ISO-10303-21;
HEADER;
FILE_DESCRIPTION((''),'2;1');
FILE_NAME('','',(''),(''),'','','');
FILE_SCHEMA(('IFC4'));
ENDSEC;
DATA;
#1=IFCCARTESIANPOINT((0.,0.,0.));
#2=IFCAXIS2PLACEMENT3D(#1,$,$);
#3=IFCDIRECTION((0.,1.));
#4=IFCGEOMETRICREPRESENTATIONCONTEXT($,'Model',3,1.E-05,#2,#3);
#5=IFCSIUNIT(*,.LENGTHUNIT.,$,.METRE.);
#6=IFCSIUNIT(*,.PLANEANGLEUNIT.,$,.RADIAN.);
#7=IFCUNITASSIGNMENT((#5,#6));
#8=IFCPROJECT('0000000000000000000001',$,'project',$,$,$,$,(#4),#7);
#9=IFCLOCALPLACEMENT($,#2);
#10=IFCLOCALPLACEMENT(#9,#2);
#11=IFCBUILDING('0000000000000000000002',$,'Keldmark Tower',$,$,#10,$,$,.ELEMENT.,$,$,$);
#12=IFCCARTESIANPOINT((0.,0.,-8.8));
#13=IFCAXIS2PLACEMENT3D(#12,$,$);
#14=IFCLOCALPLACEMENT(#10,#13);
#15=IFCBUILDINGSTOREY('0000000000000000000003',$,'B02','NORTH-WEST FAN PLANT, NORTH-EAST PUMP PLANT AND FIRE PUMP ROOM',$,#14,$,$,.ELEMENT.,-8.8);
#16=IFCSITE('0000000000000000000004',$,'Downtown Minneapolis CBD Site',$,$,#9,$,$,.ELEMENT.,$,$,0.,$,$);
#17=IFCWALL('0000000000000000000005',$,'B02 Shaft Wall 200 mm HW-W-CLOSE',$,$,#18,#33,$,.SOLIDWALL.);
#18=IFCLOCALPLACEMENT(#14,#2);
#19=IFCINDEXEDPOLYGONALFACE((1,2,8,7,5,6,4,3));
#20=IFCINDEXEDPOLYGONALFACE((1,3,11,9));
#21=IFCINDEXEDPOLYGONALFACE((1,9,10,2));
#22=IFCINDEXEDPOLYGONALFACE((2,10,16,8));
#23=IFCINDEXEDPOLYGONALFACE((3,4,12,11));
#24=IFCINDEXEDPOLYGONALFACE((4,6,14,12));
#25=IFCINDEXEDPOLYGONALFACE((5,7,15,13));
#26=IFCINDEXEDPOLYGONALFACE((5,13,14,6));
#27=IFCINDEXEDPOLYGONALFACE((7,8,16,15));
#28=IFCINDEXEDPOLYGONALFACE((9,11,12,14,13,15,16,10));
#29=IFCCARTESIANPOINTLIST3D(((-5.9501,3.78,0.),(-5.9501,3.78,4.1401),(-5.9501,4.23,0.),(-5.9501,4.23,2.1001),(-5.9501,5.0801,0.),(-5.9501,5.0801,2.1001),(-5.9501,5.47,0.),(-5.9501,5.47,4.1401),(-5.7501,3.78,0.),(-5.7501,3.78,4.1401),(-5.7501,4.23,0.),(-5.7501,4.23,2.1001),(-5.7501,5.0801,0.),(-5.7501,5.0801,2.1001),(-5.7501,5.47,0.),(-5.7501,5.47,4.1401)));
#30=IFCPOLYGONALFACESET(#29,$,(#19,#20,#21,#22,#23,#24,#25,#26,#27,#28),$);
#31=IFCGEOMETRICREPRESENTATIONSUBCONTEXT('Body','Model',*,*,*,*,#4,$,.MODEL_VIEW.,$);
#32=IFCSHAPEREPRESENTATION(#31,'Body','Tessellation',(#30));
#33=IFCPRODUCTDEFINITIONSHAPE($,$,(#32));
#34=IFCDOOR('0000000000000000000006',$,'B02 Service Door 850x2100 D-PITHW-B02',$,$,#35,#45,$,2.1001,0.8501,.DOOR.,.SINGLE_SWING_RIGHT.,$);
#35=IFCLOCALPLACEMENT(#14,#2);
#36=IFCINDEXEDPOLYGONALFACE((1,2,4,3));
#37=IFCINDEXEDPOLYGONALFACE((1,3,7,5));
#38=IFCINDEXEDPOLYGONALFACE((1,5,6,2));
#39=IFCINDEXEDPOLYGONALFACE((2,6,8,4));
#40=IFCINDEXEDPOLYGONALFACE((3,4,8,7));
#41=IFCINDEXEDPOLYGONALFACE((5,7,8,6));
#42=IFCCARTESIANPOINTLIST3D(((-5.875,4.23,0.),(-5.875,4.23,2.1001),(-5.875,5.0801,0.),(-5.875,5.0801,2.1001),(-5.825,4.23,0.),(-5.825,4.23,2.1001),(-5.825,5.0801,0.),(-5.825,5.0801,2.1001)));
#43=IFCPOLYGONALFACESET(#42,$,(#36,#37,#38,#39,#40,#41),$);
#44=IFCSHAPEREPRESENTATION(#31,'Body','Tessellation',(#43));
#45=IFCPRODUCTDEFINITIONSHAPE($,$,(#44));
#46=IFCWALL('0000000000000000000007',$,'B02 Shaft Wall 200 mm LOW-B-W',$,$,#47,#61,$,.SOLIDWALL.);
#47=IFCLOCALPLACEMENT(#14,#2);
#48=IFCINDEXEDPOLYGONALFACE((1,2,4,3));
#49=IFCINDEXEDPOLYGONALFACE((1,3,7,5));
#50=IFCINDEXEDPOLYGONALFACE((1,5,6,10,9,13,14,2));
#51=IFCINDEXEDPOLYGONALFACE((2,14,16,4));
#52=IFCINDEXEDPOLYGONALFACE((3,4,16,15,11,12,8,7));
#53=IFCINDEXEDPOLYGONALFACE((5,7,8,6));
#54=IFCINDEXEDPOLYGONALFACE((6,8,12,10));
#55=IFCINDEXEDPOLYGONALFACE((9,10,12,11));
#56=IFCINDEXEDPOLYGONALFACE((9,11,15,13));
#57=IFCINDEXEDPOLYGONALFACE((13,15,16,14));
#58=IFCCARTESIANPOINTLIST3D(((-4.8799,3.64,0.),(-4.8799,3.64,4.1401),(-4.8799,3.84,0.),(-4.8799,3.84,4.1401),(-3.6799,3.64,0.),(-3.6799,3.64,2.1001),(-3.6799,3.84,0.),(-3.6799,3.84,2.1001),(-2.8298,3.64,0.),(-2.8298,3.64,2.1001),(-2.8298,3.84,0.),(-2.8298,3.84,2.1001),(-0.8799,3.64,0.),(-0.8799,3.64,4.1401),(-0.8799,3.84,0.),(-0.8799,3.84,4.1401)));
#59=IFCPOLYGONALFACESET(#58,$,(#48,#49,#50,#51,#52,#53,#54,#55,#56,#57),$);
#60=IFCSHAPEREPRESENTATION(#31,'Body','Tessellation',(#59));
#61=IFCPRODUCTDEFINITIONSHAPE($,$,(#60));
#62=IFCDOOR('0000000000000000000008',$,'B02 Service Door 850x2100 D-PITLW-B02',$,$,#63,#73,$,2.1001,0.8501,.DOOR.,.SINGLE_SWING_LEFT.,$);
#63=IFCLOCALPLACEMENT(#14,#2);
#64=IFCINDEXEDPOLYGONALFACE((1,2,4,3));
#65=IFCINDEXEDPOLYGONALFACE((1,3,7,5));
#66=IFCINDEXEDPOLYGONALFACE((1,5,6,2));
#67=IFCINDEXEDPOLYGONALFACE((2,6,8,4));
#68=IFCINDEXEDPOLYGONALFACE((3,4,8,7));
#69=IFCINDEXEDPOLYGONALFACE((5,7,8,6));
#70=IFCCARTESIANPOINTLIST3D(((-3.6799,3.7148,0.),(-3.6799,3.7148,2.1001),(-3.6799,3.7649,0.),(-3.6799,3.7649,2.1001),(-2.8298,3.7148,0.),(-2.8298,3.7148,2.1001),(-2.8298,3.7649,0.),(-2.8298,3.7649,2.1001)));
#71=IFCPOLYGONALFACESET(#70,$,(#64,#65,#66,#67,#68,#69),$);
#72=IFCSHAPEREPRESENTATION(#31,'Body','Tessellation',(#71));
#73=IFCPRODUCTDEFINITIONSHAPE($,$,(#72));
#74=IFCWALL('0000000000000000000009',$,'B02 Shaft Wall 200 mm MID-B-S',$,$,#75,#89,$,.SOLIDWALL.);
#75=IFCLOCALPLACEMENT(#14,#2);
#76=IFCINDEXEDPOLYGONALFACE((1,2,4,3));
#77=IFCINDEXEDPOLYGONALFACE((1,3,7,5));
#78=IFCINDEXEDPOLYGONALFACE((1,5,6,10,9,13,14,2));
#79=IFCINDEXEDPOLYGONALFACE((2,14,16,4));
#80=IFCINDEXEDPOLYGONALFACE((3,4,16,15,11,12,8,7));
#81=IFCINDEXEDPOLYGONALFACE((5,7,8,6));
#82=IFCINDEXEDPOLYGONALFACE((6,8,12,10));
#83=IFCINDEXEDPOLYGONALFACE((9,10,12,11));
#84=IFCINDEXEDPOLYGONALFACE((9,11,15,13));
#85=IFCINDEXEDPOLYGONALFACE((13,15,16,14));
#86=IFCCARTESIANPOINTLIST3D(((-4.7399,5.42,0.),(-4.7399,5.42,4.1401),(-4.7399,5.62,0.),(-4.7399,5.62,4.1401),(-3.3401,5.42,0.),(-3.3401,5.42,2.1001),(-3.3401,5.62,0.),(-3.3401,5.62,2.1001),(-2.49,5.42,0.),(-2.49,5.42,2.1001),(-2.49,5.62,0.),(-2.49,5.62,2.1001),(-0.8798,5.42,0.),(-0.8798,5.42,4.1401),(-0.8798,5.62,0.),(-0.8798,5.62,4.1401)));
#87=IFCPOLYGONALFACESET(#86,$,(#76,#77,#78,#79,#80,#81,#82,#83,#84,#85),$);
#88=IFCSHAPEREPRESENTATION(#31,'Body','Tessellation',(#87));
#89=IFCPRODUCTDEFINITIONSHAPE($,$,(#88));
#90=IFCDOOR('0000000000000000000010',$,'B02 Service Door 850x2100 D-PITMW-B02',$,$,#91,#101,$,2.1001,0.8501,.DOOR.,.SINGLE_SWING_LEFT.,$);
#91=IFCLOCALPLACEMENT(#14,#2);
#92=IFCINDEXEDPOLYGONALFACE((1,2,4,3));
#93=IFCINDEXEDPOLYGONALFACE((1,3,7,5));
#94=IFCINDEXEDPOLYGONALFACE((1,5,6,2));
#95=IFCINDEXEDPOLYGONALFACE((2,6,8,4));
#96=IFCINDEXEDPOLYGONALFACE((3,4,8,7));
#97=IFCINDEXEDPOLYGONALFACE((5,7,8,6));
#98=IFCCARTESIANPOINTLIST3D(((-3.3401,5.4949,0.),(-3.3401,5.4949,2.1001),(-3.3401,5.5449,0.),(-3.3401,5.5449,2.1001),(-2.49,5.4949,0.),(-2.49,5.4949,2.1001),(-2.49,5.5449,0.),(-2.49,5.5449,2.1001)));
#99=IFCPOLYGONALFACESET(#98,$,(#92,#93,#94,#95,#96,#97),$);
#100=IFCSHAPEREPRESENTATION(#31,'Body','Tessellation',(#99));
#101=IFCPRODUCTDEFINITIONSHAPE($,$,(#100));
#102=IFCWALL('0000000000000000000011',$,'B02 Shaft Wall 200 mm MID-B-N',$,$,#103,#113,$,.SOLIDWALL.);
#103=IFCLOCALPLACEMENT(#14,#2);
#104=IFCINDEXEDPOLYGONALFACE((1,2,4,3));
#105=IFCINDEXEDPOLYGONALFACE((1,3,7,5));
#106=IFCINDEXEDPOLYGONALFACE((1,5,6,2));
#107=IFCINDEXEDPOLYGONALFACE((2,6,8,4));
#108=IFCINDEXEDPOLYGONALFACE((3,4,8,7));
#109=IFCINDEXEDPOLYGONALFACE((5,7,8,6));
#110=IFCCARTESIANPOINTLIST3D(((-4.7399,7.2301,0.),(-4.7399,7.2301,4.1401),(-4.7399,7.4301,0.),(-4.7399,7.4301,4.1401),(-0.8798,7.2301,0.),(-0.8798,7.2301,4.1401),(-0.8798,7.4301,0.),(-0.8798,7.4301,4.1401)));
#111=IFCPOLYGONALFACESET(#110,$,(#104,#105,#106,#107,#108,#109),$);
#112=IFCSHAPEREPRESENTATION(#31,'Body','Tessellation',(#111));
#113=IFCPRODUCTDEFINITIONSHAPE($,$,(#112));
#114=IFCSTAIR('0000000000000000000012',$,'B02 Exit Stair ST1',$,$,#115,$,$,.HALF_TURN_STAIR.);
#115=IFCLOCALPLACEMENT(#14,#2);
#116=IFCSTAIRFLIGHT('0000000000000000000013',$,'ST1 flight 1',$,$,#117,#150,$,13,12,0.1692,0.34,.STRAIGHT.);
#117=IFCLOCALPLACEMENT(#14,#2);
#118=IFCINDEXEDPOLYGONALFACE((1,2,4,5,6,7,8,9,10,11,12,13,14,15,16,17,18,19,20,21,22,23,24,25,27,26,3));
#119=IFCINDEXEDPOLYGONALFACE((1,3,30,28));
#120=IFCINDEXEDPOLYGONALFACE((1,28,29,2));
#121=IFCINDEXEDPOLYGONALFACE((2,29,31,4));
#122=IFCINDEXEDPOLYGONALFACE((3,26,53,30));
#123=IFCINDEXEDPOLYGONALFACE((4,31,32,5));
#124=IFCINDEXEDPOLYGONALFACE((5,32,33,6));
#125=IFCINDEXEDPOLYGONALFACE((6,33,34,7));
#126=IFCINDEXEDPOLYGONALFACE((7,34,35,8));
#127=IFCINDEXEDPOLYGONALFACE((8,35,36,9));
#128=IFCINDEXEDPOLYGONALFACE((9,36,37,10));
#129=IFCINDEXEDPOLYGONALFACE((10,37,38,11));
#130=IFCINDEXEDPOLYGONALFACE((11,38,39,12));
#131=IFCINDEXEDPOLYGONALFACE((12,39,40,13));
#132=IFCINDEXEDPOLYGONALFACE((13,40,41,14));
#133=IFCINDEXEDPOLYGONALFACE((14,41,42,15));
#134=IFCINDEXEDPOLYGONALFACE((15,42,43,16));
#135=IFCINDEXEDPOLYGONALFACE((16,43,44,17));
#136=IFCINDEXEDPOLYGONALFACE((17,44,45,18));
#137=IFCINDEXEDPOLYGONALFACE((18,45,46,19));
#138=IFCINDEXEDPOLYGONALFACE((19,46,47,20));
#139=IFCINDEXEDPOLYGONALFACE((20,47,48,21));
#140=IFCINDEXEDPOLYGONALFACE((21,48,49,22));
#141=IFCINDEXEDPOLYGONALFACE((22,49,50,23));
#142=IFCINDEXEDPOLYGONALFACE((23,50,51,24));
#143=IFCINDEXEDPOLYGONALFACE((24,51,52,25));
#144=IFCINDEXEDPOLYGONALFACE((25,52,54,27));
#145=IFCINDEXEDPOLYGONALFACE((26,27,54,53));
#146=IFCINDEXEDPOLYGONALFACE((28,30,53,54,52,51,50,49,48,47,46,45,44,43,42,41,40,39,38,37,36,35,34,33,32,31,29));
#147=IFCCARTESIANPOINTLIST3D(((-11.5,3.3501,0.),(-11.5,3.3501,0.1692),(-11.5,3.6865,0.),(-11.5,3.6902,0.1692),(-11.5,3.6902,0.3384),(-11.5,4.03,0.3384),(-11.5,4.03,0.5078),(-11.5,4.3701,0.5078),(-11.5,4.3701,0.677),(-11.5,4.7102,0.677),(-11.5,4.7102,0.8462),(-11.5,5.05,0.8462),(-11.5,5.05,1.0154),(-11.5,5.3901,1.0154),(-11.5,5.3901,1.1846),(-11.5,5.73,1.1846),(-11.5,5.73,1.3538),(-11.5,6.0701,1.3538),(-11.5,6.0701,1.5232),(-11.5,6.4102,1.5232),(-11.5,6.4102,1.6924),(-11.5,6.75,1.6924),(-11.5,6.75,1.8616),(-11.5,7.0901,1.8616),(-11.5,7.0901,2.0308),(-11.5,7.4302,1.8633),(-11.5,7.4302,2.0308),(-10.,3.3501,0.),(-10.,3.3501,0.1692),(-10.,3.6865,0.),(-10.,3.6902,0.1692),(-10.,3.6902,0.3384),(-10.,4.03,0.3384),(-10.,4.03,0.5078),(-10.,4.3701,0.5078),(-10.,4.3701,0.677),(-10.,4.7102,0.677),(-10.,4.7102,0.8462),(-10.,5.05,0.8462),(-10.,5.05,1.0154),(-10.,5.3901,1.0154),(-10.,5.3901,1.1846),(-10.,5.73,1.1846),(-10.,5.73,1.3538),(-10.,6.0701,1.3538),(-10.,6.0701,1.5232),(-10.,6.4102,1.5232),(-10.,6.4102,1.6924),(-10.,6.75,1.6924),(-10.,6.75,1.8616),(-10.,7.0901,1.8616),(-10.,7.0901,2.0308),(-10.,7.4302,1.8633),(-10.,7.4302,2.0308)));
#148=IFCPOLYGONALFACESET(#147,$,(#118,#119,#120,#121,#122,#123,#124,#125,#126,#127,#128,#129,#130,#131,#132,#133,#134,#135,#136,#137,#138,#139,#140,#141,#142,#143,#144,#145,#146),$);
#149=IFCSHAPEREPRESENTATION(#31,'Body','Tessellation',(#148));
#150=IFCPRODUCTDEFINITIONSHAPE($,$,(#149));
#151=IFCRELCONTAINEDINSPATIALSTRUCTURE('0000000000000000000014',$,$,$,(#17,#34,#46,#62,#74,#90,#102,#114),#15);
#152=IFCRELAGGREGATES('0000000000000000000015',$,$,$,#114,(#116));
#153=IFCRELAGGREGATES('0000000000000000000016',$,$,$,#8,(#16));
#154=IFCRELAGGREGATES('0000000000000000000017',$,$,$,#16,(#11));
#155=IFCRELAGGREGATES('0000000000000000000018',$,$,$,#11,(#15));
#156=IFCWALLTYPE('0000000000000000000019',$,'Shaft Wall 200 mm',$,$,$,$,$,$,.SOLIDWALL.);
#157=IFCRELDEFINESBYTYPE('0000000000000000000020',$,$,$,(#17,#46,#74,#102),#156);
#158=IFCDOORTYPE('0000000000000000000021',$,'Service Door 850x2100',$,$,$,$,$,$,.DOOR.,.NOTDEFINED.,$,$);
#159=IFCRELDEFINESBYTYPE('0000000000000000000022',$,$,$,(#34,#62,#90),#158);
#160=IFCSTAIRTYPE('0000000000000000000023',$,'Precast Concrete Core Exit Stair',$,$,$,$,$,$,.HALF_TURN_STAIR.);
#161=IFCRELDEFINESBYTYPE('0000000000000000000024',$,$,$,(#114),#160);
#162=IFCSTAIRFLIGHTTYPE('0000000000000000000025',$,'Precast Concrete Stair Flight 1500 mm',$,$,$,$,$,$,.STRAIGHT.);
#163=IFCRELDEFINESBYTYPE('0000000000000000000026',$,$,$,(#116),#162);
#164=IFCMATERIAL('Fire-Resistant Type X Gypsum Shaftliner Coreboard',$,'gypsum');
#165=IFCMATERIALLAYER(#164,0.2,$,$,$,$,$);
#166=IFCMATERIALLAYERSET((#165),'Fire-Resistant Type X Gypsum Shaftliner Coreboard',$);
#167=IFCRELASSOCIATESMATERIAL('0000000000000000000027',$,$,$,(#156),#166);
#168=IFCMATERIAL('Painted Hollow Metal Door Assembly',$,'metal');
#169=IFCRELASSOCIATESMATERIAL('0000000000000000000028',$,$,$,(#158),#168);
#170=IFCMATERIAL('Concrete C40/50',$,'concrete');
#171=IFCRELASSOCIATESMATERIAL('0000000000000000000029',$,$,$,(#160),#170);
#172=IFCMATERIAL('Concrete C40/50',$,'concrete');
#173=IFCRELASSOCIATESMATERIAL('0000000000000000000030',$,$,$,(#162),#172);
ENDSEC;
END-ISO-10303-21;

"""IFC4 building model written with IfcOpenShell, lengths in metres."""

from ifc_helpers import new_model, si_unit, direction, frame, frame_2d, origin, place, context, subcontext, project, spatial, polyline, rectangle, outline, extrude, material, layer, layer_set, type_object, element, fill, aggregate, save


model = new_model("IFC4")

# Units and contexts
model_context = context("Model", 3, precision=1e-05, world=origin(), true_north=direction((0.0, 1.0)))
body_context = subcontext(model_context, "Body", "Model", "MODEL_VIEW")
ifc_project = project(units=[si_unit("LENGTHUNIT", "METRE"), si_unit("PLANEANGLEUNIT", "RADIAN")], contexts=[model_context])

# Site, building, storey
site_placement = place(None, origin())
site = spatial("IfcSite", under=ifc_project, at=site_placement, Name="Downtown Minneapolis CBD Site", CompositionType="ELEMENT", RefElevation=0.0)
building_placement = place(site_placement, origin())
building = spatial("IfcBuilding", under=site, at=building_placement, Name="Keldmark Tower", CompositionType="ELEMENT")
storey_placement = place(building_placement, frame((0.0, 0.0, -8.8)))
storey = spatial("IfcBuildingStorey", under=building, at=storey_placement, Name="B02", Description="NORTH-WEST FAN PLANT, NORTH-EAST PUMP PLANT AND FIRE PUMP ROOM", CompositionType="ELEMENT", Elevation=-8.8)

# Shared definitions
ifc_material_1 = material(Name="Fire-Resistant Type X Gypsum Shaftliner Coreboard", Category="gypsum")
ifc_layer_1 = layer(ifc_material_1, 0.2)
ifc_layer_set_1 = layer_set([ifc_layer_1], Name="Fire-Resistant Type X Gypsum Shaftliner Coreboard")
wall_type_1 = type_object("IfcWallType", Name="Shaft Wall 200 mm", PredefinedType="SOLIDWALL", material=ifc_layer_set_1)

# Walls, openings, doors
wall_1_placement = place(storey_placement, frame((-5.8501, 3.78, 0.0), z_axis=(0.0, 0.0, 1.0), x_axis=(0.0, 1.0, 0.0)))
wall_1 = element("IfcWall", 1, at=wall_1_placement, inside=storey, type_object=wall_type_1, Name="B02 Shaft Wall 200 mm HW-W-CLOSE", PredefinedType="SOLIDWALL", context=body_context, shape_type="SweptSolid", body=[
    extrude(rectangle(XDim=1.6899, YDim=0.2, at=frame_2d((0.845, 0.0))), origin(), (0.0, 0.0, 1.0), 4.1401),
])
opening_1_placement = place(wall_1_placement, frame((0.45, 0.0, 0.0)))
opening_1 = element("IfcOpeningElement", 2, at=opening_1_placement, cuts=wall_1, PredefinedType="OPENING", context=body_context, shape_type="SweptSolid", body=[
    extrude(rectangle(XDim=0.8501, YDim=2.1001, at=frame_2d((0.425, 1.05))), frame((0.0, 0.1099, 0.0), z_axis=(0.0, -1.0, 0.0), x_axis=(1.0, 0.0, 0.0)), (0.0, 0.0, 1.0), 0.22),
])
ifc_material_2 = material(Name="Painted Hollow Metal Door Assembly", Category="metal")
door_type_1 = type_object("IfcDoorType", Name="Service Door 850x2100", OperationType="NOTDEFINED", PredefinedType="DOOR", material=ifc_material_2)
door_1_placement = place(opening_1_placement, origin())
door_1 = element("IfcDoor", 3, at=door_1_placement, inside=storey, type_object=door_type_1, Name="B02 Service Door 850x2100 D-PITHW-B02", OperationType="SINGLE_SWING_RIGHT", OverallHeight=2.1001, OverallWidth=0.8501, PredefinedType="DOOR", context=body_context, shape_type="SweptSolid", body=[
    extrude(rectangle(XDim=0.8501, YDim=2.1001, at=frame_2d((0.425, 1.05))), frame((0.0, 0.0249, 0.0), z_axis=(0.0, -1.0, 0.0), x_axis=(1.0, 0.0, 0.0)), (0.0, 0.0, 1.0), 0.05),
])
fill(opening_1, door_1)
wall_2_placement = place(storey_placement, frame((-4.8799, 3.74, 0.0), z_axis=(0.0, 0.0, 1.0), x_axis=(1.0, 0.0, 0.0)))
wall_2 = element("IfcWall", 4, at=wall_2_placement, inside=storey, type_object=wall_type_1, Name="B02 Shaft Wall 200 mm LOW-B-W", PredefinedType="SOLIDWALL", context=body_context, shape_type="SweptSolid", body=[
    extrude(rectangle(XDim=4.0, YDim=0.2, at=frame_2d((2.0, 0.0))), origin(), (0.0, 0.0, 1.0), 4.1401),
])
opening_2_placement = place(wall_2_placement, frame((1.2, 0.0, 0.0)))
opening_2 = element("IfcOpeningElement", 5, at=opening_2_placement, cuts=wall_2, PredefinedType="OPENING", context=body_context, shape_type="SweptSolid", body=[
    extrude(rectangle(XDim=0.8501, YDim=2.1001, at=frame_2d((0.425, 1.05))), frame((0.0, 0.1099, 0.0), z_axis=(0.0, -1.0, 0.0), x_axis=(1.0, 0.0, 0.0)), (0.0, 0.0, 1.0), 0.22),
])
door_2_placement = place(opening_2_placement, origin())
door_2 = element("IfcDoor", 6, at=door_2_placement, inside=storey, type_object=door_type_1, Name="B02 Service Door 850x2100 D-PITLW-B02", OperationType="SINGLE_SWING_LEFT", OverallHeight=2.1001, OverallWidth=0.8501, PredefinedType="DOOR", context=body_context, shape_type="SweptSolid", body=[
    extrude(rectangle(XDim=0.8501, YDim=2.1001, at=frame_2d((0.425, 1.05))), frame((0.0, 0.0249, 0.0), z_axis=(0.0, -1.0, 0.0), x_axis=(1.0, 0.0, 0.0)), (0.0, 0.0, 1.0), 0.05),
])
fill(opening_2, door_2)
wall_3_placement = place(storey_placement, frame((-4.74, 5.52, 0.0), z_axis=(0.0, 0.0, 1.0), x_axis=(1.0, 0.0, 0.0)))
wall_3 = element("IfcWall", 7, at=wall_3_placement, inside=storey, type_object=wall_type_1, Name="B02 Shaft Wall 200 mm MID-B-S", PredefinedType="SOLIDWALL", context=body_context, shape_type="SweptSolid", body=[
    extrude(rectangle(XDim=3.8601, YDim=0.2, at=frame_2d((1.9302, 0.0))), origin(), (0.0, 0.0, 1.0), 4.1401),
])
opening_3_placement = place(wall_3_placement, frame((1.3999, 0.0, 0.0)))
opening_3 = element("IfcOpeningElement", 8, at=opening_3_placement, cuts=wall_3, PredefinedType="OPENING", context=body_context, shape_type="SweptSolid", body=[
    extrude(rectangle(XDim=0.8501, YDim=2.1001, at=frame_2d((0.425, 1.05))), frame((0.0, 0.1099, 0.0), z_axis=(0.0, -1.0, 0.0), x_axis=(1.0, 0.0, 0.0)), (0.0, 0.0, 1.0), 0.22),
])
door_3_placement = place(opening_3_placement, origin())
door_3 = element("IfcDoor", 9, at=door_3_placement, inside=storey, type_object=door_type_1, Name="B02 Service Door 850x2100 D-PITMW-B02", OperationType="SINGLE_SWING_LEFT", OverallHeight=2.1001, OverallWidth=0.8501, PredefinedType="DOOR", context=body_context, shape_type="SweptSolid", body=[
    extrude(rectangle(XDim=0.8501, YDim=2.1001, at=frame_2d((0.425, 1.05))), frame((0.0, 0.0249, 0.0), z_axis=(0.0, -1.0, 0.0), x_axis=(1.0, 0.0, 0.0)), (0.0, 0.0, 1.0), 0.05),
])
fill(opening_3, door_3)

# Wall
wall_4_placement = place(storey_placement, frame((-4.74, 7.3301, 0.0), z_axis=(0.0, 0.0, 1.0), x_axis=(1.0, 0.0, 0.0)))
element("IfcWall", 10, at=wall_4_placement, inside=storey, type_object=wall_type_1, Name="B02 Shaft Wall 200 mm MID-B-N", PredefinedType="SOLIDWALL", context=body_context, shape_type="SweptSolid", body=[
    extrude(rectangle(XDim=3.8601, YDim=0.2, at=frame_2d((1.9302, 0.0))), origin(), (0.0, 0.0, 1.0), 4.1401),
])

# Stair, stair flight
ifc_material_3 = material(Name="Concrete C40/50", Category="concrete")
stair_type = type_object("IfcStairType", Name="Precast Concrete Core Exit Stair", PredefinedType="HALF_TURN_STAIR", material=ifc_material_3)
stair_placement = place(storey_placement, origin())
stair = element("IfcStair", 11, at=stair_placement, inside=storey, type_object=stair_type, Name="B02 Exit Stair ST1", PredefinedType="HALF_TURN_STAIR")
ifc_material_4 = material(Name="Concrete C40/50", Category="concrete")
stair_flight_type = type_object("IfcStairFlightType", Name="Precast Concrete Stair Flight 1500 mm", PredefinedType="STRAIGHT", material=ifc_material_4)
stair_flight_placement = place(storey_placement, frame((-10.75, 3.3501, 0.0), z_axis=(0.0, 0.0, 1.0), x_axis=(0.0, 1.0, 0.0)))
stair_flight = element("IfcStairFlight", 12, at=stair_flight_placement, type_object=stair_flight_type, Name="ST1 flight 1", NumberOfRisers=13, NumberOfTreads=12, PredefinedType="STRAIGHT", RiserHeight=0.1692, TreadLength=0.34, context=body_context, shape_type="SweptSolid", body=[
    extrude(outline(polyline([(0.0, 0.0), (0.0, 0.1692), (0.3401, 0.1692), (0.3401, 0.3384), (0.6799, 0.3384), (0.6799, 0.5078), (1.02, 0.5078), (1.02, 0.677), (1.3601, 0.677), (1.3601, 0.8462), (1.7, 0.8462), (1.7, 1.0154), (2.04, 1.0154), (2.04, 1.1846), (2.3799, 1.1846), (2.3799, 1.3538), (2.72, 1.3538), (2.72, 1.5232), (3.0601, 1.5232), (3.0601, 1.6924), (3.3999, 1.6924), (3.3999, 1.8616), (3.74, 1.8616), (3.74, 2.0308), (4.0801, 2.0308), (4.0801, 2.2), (4.0801, 1.8633), (0.3364, 0.0), (0.0, 0.0)])), frame((0.0, 0.75, 0.0), z_axis=(0.0, -1.0, 0.0), x_axis=(1.0, 0.0, 0.0)), (0.0, 0.0, 1.0), 1.5),
])
aggregate(stair, [stair_flight])

save(model, "model.ifc")
